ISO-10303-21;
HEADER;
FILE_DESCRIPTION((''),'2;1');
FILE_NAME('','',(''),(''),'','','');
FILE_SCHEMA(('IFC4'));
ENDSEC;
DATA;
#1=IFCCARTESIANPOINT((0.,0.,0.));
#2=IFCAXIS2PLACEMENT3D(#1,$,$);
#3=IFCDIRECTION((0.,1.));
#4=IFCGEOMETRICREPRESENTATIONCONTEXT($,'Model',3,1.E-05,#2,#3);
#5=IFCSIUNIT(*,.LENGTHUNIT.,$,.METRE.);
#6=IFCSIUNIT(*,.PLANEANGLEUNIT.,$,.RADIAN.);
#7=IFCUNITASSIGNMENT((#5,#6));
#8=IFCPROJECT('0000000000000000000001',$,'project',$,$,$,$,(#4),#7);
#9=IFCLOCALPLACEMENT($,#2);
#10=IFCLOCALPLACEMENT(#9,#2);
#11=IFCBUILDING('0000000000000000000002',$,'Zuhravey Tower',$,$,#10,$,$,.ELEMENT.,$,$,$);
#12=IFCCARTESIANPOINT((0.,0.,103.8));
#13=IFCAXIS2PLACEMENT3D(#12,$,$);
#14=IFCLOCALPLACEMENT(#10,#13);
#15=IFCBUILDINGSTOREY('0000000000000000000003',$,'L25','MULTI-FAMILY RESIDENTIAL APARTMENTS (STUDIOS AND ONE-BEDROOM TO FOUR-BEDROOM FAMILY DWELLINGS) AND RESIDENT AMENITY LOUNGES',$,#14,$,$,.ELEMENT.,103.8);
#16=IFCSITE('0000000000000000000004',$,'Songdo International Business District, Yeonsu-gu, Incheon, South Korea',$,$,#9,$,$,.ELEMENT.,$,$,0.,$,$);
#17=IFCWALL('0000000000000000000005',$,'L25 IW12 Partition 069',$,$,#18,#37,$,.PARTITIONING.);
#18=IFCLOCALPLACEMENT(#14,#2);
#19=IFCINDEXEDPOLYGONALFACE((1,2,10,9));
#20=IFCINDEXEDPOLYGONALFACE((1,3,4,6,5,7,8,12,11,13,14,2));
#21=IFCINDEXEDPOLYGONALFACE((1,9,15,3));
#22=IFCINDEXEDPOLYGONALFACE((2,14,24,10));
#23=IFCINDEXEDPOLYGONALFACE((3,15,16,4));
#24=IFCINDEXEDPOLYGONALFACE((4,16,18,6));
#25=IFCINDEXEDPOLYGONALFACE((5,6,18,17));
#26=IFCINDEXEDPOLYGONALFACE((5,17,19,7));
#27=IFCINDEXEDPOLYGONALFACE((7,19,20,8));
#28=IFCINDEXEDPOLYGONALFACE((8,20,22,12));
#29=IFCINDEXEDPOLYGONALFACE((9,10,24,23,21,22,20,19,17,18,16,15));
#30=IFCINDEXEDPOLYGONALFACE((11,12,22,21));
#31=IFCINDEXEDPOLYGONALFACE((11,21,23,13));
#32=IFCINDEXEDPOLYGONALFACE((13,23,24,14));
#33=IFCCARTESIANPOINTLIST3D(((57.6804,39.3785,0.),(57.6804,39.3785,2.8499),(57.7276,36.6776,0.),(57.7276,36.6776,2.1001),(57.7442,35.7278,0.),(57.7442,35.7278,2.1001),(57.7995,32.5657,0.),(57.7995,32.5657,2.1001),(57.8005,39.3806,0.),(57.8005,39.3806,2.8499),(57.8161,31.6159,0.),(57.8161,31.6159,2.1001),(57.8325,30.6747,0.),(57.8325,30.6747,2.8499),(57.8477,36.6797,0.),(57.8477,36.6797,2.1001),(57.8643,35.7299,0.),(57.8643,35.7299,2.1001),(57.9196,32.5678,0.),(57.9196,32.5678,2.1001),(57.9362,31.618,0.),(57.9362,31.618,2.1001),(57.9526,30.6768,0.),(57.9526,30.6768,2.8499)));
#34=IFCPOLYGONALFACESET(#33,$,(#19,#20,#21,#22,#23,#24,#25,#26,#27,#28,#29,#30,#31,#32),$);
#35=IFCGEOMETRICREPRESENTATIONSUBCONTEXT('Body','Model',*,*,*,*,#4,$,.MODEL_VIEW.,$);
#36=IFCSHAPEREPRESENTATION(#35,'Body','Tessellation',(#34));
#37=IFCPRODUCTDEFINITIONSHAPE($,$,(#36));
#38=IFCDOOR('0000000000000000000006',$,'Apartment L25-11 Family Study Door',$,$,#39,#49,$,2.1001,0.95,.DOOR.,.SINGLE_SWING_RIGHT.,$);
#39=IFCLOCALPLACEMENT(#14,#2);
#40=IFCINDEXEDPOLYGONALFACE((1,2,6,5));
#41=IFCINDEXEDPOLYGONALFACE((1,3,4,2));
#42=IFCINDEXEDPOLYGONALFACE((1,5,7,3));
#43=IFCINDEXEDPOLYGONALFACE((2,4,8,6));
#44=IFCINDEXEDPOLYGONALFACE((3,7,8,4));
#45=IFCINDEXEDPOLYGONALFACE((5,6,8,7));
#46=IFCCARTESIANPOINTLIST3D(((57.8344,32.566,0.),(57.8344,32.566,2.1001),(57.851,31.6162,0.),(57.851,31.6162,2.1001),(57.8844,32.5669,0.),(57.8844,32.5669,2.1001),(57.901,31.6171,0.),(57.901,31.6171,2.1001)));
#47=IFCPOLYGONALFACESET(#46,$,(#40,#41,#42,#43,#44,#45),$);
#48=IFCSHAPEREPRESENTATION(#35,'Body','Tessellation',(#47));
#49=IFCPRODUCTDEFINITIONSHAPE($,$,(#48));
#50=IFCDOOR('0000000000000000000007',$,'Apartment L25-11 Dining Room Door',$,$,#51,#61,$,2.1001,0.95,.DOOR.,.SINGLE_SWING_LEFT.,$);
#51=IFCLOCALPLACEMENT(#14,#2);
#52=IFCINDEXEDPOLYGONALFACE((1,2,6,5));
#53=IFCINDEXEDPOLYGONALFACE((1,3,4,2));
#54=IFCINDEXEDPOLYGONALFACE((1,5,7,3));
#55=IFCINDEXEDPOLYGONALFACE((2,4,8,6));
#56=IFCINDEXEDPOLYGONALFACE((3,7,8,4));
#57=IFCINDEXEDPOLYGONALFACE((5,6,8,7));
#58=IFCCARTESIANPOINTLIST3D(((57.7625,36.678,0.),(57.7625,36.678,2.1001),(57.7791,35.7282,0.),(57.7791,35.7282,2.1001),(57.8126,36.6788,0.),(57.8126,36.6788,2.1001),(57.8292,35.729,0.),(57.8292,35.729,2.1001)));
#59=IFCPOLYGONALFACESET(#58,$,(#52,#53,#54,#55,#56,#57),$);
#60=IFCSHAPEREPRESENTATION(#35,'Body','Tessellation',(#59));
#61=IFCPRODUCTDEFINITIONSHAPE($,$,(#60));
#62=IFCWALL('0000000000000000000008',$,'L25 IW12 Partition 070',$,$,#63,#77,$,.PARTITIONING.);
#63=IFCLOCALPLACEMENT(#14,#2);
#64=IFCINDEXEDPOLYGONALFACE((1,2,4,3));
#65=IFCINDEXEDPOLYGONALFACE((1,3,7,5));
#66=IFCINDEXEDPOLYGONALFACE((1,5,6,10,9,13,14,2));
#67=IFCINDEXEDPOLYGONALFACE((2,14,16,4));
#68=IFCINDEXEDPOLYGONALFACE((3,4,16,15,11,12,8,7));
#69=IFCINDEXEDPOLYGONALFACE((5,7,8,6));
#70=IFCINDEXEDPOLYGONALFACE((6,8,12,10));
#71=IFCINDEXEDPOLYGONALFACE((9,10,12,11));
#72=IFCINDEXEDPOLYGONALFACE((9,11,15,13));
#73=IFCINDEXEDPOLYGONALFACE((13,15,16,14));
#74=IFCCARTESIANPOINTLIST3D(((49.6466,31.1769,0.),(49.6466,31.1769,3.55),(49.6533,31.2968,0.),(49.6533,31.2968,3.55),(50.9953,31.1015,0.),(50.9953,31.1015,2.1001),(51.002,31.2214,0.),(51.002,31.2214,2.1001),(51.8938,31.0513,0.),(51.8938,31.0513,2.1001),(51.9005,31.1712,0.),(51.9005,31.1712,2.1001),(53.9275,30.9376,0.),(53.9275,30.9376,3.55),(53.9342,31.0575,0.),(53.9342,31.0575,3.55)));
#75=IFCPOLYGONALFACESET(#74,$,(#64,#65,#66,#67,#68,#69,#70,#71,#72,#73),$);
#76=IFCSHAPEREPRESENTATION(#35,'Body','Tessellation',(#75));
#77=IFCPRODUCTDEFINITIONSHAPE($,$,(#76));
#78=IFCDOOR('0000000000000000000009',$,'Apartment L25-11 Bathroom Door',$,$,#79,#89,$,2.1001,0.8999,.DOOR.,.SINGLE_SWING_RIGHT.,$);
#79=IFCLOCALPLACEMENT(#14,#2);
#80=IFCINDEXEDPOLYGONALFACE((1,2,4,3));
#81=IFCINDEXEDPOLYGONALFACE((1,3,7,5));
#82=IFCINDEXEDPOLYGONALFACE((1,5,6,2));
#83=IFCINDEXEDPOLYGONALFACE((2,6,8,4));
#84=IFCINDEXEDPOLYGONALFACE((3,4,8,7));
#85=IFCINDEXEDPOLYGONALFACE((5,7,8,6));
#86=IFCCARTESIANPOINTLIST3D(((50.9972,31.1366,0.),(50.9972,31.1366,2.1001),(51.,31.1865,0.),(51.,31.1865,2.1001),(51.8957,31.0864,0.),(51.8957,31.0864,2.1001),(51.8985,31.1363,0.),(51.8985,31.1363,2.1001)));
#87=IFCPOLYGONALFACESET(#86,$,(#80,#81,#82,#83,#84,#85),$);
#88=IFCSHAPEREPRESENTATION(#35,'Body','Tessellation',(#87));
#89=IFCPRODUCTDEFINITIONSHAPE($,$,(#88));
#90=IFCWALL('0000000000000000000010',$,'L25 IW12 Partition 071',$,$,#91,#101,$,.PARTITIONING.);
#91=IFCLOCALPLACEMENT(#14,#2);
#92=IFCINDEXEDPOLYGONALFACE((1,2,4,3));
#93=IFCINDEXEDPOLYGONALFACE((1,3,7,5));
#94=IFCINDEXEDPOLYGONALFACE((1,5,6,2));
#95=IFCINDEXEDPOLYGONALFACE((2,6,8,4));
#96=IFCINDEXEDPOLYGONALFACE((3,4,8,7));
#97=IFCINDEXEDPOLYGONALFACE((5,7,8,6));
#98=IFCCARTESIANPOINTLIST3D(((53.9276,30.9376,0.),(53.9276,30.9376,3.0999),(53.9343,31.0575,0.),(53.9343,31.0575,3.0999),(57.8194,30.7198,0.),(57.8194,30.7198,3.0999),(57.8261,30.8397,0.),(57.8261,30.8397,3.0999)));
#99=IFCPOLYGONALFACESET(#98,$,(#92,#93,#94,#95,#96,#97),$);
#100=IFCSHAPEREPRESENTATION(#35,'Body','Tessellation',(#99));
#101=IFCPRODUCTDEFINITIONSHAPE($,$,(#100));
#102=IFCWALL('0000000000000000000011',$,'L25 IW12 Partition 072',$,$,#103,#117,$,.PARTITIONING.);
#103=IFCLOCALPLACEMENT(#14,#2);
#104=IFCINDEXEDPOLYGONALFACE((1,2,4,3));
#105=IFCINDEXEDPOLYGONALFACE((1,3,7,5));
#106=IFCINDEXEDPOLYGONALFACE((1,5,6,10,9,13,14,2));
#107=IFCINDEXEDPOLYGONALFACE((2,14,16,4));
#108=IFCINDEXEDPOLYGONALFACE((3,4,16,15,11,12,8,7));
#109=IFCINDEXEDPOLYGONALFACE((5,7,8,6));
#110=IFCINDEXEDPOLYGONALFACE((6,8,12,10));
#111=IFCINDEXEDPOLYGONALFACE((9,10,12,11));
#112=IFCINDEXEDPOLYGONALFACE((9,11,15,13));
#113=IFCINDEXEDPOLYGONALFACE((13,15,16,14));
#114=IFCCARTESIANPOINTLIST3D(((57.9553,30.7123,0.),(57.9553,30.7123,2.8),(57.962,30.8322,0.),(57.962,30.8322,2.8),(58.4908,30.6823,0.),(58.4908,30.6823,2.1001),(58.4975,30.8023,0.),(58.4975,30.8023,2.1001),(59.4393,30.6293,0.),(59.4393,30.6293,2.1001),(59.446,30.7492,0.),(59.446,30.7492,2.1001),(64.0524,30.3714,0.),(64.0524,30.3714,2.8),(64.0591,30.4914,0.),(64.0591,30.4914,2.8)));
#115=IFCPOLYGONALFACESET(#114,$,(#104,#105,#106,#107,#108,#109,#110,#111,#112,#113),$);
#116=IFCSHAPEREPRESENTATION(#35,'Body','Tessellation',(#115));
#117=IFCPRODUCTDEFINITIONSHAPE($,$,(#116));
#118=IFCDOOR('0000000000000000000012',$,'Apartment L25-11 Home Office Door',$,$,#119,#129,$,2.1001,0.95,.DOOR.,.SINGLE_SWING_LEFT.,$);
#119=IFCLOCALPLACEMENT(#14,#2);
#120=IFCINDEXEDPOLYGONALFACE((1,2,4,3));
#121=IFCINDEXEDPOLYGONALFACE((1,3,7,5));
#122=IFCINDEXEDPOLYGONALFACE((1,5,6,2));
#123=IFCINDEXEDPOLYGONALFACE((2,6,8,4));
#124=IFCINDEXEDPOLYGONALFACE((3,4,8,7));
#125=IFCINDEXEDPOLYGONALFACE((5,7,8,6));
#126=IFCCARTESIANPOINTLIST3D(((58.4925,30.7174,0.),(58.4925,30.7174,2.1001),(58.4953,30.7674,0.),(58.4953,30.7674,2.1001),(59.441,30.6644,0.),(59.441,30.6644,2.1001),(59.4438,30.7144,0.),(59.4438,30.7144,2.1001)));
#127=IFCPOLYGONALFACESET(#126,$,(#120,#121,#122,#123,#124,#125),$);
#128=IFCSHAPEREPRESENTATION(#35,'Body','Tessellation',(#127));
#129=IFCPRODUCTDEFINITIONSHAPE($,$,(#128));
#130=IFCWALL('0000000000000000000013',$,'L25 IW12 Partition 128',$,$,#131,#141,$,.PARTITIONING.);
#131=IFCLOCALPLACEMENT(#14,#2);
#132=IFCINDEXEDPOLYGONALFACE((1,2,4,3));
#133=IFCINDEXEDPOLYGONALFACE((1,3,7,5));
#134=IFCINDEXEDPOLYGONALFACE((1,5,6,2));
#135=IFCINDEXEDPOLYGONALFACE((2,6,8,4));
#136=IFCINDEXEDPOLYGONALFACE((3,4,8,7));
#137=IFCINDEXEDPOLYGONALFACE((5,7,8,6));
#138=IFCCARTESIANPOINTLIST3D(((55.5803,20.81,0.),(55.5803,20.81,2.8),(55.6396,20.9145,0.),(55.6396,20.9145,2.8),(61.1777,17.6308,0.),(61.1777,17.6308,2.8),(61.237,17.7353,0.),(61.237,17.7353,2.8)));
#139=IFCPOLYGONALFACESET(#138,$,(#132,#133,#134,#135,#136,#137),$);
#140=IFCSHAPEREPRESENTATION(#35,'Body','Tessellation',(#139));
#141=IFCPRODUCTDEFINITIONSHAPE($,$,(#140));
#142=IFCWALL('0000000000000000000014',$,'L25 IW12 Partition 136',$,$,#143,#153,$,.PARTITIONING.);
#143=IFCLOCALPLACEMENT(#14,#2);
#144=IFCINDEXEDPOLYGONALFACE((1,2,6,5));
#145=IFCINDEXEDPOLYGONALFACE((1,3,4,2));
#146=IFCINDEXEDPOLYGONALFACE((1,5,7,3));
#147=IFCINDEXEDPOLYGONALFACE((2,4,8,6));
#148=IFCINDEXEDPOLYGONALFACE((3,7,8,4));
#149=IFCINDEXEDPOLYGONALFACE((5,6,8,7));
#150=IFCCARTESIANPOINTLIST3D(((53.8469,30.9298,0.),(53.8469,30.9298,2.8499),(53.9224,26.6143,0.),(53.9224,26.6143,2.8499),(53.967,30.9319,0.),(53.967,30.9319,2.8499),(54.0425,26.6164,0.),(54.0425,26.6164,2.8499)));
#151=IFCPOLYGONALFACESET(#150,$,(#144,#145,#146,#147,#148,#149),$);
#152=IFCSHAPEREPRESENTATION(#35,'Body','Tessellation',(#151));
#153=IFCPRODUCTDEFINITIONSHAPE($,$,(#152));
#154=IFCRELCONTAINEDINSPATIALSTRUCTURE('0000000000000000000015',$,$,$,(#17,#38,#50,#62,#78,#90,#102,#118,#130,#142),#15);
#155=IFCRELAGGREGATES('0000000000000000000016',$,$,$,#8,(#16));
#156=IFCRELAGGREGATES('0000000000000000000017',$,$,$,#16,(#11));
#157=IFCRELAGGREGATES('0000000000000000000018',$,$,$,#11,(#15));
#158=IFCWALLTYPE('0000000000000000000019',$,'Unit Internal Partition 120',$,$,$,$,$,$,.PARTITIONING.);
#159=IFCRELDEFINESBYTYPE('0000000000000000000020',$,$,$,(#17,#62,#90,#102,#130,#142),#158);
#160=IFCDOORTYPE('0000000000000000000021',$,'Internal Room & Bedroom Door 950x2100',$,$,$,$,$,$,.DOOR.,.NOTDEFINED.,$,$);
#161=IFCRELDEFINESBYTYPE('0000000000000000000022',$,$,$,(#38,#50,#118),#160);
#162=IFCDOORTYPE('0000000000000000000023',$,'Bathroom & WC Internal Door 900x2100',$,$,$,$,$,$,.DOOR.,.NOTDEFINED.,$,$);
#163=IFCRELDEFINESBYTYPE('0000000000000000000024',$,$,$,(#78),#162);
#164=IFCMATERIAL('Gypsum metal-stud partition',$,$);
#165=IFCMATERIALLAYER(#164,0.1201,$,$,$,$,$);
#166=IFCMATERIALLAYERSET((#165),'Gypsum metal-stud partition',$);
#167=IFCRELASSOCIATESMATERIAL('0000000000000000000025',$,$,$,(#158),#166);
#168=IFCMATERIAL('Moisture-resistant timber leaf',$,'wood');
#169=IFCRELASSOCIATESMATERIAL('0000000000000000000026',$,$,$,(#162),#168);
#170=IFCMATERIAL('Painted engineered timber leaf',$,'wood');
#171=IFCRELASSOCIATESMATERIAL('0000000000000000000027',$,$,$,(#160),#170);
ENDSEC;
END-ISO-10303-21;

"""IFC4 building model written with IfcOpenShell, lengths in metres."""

from ifc_helpers import new_model, si_unit, direction, frame, frame_2d, origin, place, context, subcontext, project, spatial, rectangle, extrude, material, layer, layer_set, type_object, element, fill, save


model = new_model("IFC4")

# Units and contexts
model_context = context("Model", 3, precision=1e-05, world=origin(), true_north=direction((0.0, 1.0)))
body_context = subcontext(model_context, "Body", "Model", "MODEL_VIEW")
ifc_project = project(units=[si_unit("LENGTHUNIT", "METRE"), si_unit("PLANEANGLEUNIT", "RADIAN")], contexts=[model_context])

# Site, building, storey
site_placement = place(None, origin())
site = spatial("IfcSite", under=ifc_project, at=site_placement, Name="Songdo International Business District, Yeonsu-gu, Incheon, South Korea", CompositionType="ELEMENT", RefElevation=0.0)
building_placement = place(site_placement, origin())
building = spatial("IfcBuilding", under=site, at=building_placement, Name="Zuhravey Tower", CompositionType="ELEMENT")
storey_placement = place(building_placement, frame((0.0, 0.0, 103.8)))
storey = spatial("IfcBuildingStorey", under=building, at=storey_placement, Name="L25", Description="MULTI-FAMILY RESIDENTIAL APARTMENTS (STUDIOS AND ONE-BEDROOM TO FOUR-BEDROOM FAMILY DWELLINGS) AND RESIDENT AMENITY LOUNGES", CompositionType="ELEMENT", Elevation=103.8)

# Shared definitions
ifc_material_1 = material(Name="Gypsum metal-stud partition")
ifc_layer_1 = layer(ifc_material_1, 0.1201)
ifc_layer_set_1 = layer_set([ifc_layer_1], Name="Gypsum metal-stud partition")
wall_type_1 = type_object("IfcWallType", Name="Unit Internal Partition 120", PredefinedType="PARTITIONING", material=ifc_layer_set_1)
ifc_material_2 = material(Name="Moisture-resistant timber leaf", Category="wood")
door_type_1 = type_object("IfcDoorType", Name="Bathroom & WC Internal Door 900x2100", OperationType="NOTDEFINED", PredefinedType="DOOR", material=ifc_material_2)
ifc_material_3 = material(Name="Painted engineered timber leaf", Category="wood")
door_type_2 = type_object("IfcDoorType", Name="Internal Room & Bedroom Door 950x2100", OperationType="NOTDEFINED", PredefinedType="DOOR", material=ifc_material_3)

# Wall, openings, doors
wall_1_placement = place(storey_placement, frame((57.8926, 30.6758, 0.0), z_axis=(0.0, 0.0, 1.0), x_axis=(-0.017472, 0.999847, 0.0)))
wall_1 = element("IfcWall", 1, at=wall_1_placement, inside=storey, type_object=wall_type_1, Name="L25 IW12 Partition 069", PredefinedType="PARTITIONING", context=body_context, shape_type="SweptSolid", body=[
    extrude(rectangle(XDim=8.7051, YDim=0.1201, at=frame_2d((4.3525, 0.0))), origin(), (0.0, 0.0, 1.0), 2.8499),
])
opening_1_placement = place(wall_1_placement, frame((0.9412, 0.0, 0.0)))
opening_1 = element("IfcOpeningElement", 2, at=opening_1_placement, cuts=wall_1, PredefinedType="OPENING", context=body_context, shape_type="SweptSolid", body=[
    extrude(rectangle(XDim=0.95, YDim=2.1001, at=frame_2d((0.4751, 1.05))), frame((0.0, 0.072, 0.0), z_axis=(0.0, -1.0, 0.0), x_axis=(1.0, 0.0, 0.0)), (0.0, 0.0, 1.0), 0.144),
])
opening_2_placement = place(wall_1_placement, frame((5.0537, 0.0, 0.0)))
opening_2 = element("IfcOpeningElement", 3, at=opening_2_placement, cuts=wall_1, PredefinedType="OPENING", context=body_context, shape_type="SweptSolid", body=[
    extrude(rectangle(XDim=0.95, YDim=2.1001, at=frame_2d((0.4751, 1.05))), frame((0.0, 0.072, 0.0), z_axis=(0.0, -1.0, 0.0), x_axis=(1.0, 0.0, 0.0)), (0.0, 0.0, 1.0), 0.144),
])
door_1_placement = place(opening_1_placement, frame((0.95, 0.0, 0.0), z_axis=(0.0, 0.0, 1.0), x_axis=(-1.0, 0.0, 0.0)))
door_1 = element("IfcDoor", 4, at=door_1_placement, inside=storey, type_object=door_type_2, Name="Apartment L25-11 Family Study Door", OperationType="SINGLE_SWING_RIGHT", OverallHeight=2.1001, OverallWidth=0.95, PredefinedType="DOOR", context=body_context, shape_type="SweptSolid", body=[
    extrude(rectangle(XDim=0.95, YDim=2.1001, at=frame_2d((0.4751, 1.05))), frame((0.0, 0.0249, 0.0), z_axis=(0.0, -1.0, 0.0), x_axis=(1.0, 0.0, 0.0)), (0.0, 0.0, 1.0), 0.05),
])
fill(opening_1, door_1)
door_2_placement = place(opening_2_placement, frame((0.95, 0.0, 0.0), z_axis=(0.0, 0.0, 1.0), x_axis=(-1.0, 0.0, 0.0)))
door_2 = element("IfcDoor", 5, at=door_2_placement, inside=storey, type_object=door_type_2, Name="Apartment L25-11 Dining Room Door", OperationType="SINGLE_SWING_LEFT", OverallHeight=2.1001, OverallWidth=0.95, PredefinedType="DOOR", context=body_context, shape_type="SweptSolid", body=[
    extrude(rectangle(XDim=0.95, YDim=2.1001, at=frame_2d((0.4751, 1.05))), frame((0.0, 0.0249, 0.0), z_axis=(0.0, -1.0, 0.0), x_axis=(1.0, 0.0, 0.0)), (0.0, 0.0, 1.0), 0.05),
])
fill(opening_2, door_2)

# Wall, opening, door
wall_2_placement = place(storey_placement, frame((49.6499, 31.2368, 0.0), z_axis=(0.0, 0.0, 1.0), x_axis=(0.998442, -0.055801, 0.0)))
wall_2 = element("IfcWall", 6, at=wall_2_placement, inside=storey, type_object=wall_type_1, Name="L25 IW12 Partition 070", PredefinedType="PARTITIONING", context=body_context, shape_type="SweptSolid", body=[
    extrude(rectangle(XDim=4.2876, YDim=0.1201, at=frame_2d((2.1438, 0.0))), origin(), (0.0, 0.0, 1.0), 3.55),
])
opening_3_placement = place(wall_2_placement, frame((1.3508, 0.0, 0.0)))
opening_3 = element("IfcOpeningElement", 7, at=opening_3_placement, cuts=wall_2, PredefinedType="OPENING", context=body_context, shape_type="SweptSolid", body=[
    extrude(rectangle(XDim=0.8999, YDim=2.1001, at=frame_2d((0.45, 1.05))), frame((0.0, 0.072, 0.0), z_axis=(0.0, -1.0, 0.0), x_axis=(1.0, 0.0, 0.0)), (0.0, 0.0, 1.0), 0.144),
])
door_3_placement = place(opening_3_placement, frame((0.8999, 0.0, 0.0), z_axis=(0.0, 0.0, 1.0), x_axis=(-1.0, 0.0, 0.0)))
door_3 = element("IfcDoor", 8, at=door_3_placement, inside=storey, type_object=door_type_1, Name="Apartment L25-11 Bathroom Door", OperationType="SINGLE_SWING_RIGHT", OverallHeight=2.1001, OverallWidth=0.8999, PredefinedType="DOOR", context=body_context, shape_type="SweptSolid", body=[
    extrude(rectangle(XDim=0.8999, YDim=2.1001, at=frame_2d((0.45, 1.05))), frame((0.0, 0.0249, 0.0), z_axis=(0.0, -1.0, 0.0), x_axis=(1.0, 0.0, 0.0)), (0.0, 0.0, 1.0), 0.05),
])
fill(opening_3, door_3)

# Wall
wall_3_placement = place(storey_placement, frame((53.9309, 30.9976, 0.0), z_axis=(0.0, 0.0, 1.0), x_axis=(0.998438, -0.055869, 0.0)))
element("IfcWall", 9, at=wall_3_placement, inside=storey, type_object=wall_type_1, Name="L25 IW12 Partition 071", PredefinedType="PARTITIONING", context=body_context, shape_type="SweptSolid", body=[
    extrude(rectangle(XDim=3.8979, YDim=0.1201, at=frame_2d((1.949, 0.0))), origin(), (0.0, 0.0, 1.0), 3.0999),
])

# Wall, opening, door
wall_4_placement = place(storey_placement, frame((57.9587, 30.7722, 0.0), z_axis=(0.0, 0.0, 1.0), x_axis=(0.998441, -0.055811, 0.0)))
wall_4 = element("IfcWall", 10, at=wall_4_placement, inside=storey, type_object=wall_type_1, Name="L25 IW12 Partition 072", PredefinedType="PARTITIONING", context=body_context, shape_type="SweptSolid", body=[
    extrude(rectangle(XDim=6.1067, YDim=0.1201, at=frame_2d((3.0532, 0.0))), origin(), (0.0, 0.0, 1.0), 2.8),
])
opening_4_placement = place(wall_4_placement, frame((0.5361, 0.0, 0.0)))
opening_4 = element("IfcOpeningElement", 11, at=opening_4_placement, cuts=wall_4, PredefinedType="OPENING", context=body_context, shape_type="SweptSolid", body=[
    extrude(rectangle(XDim=0.95, YDim=2.1001, at=frame_2d((0.4751, 1.05))), frame((0.0, 0.072, 0.0), z_axis=(0.0, -1.0, 0.0), x_axis=(1.0, 0.0, 0.0)), (0.0, 0.0, 1.0), 0.144),
])
door_4_placement = place(opening_4_placement, frame((0.95, 0.0, 0.0), z_axis=(0.0, 0.0, 1.0), x_axis=(-1.0, 0.0, 0.0)))
door_4 = element("IfcDoor", 12, at=door_4_placement, inside=storey, type_object=door_type_2, Name="Apartment L25-11 Home Office Door", OperationType="SINGLE_SWING_LEFT", OverallHeight=2.1001, OverallWidth=0.95, PredefinedType="DOOR", context=body_context, shape_type="SweptSolid", body=[
    extrude(rectangle(XDim=0.95, YDim=2.1001, at=frame_2d((0.4751, 1.05))), frame((0.0, 0.0249, 0.0), z_axis=(0.0, -1.0, 0.0), x_axis=(1.0, 0.0, 0.0)), (0.0, 0.0, 1.0), 0.05),
])
fill(opening_4, door_4)

# Walls
wall_5_placement = place(storey_placement, frame((55.6099, 20.8623, 0.0), z_axis=(0.0, 0.0, 1.0), x_axis=(0.869533, -0.493875, 0.0)))
element("IfcWall", 13, at=wall_5_placement, inside=storey, type_object=wall_type_1, Name="L25 IW12 Partition 128", PredefinedType="PARTITIONING", context=body_context, shape_type="SweptSolid", body=[
    extrude(rectangle(XDim=6.4373, YDim=0.1201, at=frame_2d((3.2188, 0.0))), origin(), (0.0, 0.0, 1.0), 2.8),
])
wall_6_placement = place(storey_placement, frame((53.9824, 26.6152, 0.0), z_axis=(0.0, 0.0, 1.0), x_axis=(-0.017479, 0.999847, 0.0)))
element("IfcWall", 14, at=wall_6_placement, inside=storey, type_object=wall_type_1, Name="L25 IW12 Partition 136", PredefinedType="PARTITIONING", context=body_context, shape_type="SweptSolid", body=[
    extrude(rectangle(XDim=4.3162, YDim=0.1201, at=frame_2d((2.1582, 0.0))), origin(), (0.0, 0.0, 1.0), 2.8499),
])

save(model, "model.ifc")
